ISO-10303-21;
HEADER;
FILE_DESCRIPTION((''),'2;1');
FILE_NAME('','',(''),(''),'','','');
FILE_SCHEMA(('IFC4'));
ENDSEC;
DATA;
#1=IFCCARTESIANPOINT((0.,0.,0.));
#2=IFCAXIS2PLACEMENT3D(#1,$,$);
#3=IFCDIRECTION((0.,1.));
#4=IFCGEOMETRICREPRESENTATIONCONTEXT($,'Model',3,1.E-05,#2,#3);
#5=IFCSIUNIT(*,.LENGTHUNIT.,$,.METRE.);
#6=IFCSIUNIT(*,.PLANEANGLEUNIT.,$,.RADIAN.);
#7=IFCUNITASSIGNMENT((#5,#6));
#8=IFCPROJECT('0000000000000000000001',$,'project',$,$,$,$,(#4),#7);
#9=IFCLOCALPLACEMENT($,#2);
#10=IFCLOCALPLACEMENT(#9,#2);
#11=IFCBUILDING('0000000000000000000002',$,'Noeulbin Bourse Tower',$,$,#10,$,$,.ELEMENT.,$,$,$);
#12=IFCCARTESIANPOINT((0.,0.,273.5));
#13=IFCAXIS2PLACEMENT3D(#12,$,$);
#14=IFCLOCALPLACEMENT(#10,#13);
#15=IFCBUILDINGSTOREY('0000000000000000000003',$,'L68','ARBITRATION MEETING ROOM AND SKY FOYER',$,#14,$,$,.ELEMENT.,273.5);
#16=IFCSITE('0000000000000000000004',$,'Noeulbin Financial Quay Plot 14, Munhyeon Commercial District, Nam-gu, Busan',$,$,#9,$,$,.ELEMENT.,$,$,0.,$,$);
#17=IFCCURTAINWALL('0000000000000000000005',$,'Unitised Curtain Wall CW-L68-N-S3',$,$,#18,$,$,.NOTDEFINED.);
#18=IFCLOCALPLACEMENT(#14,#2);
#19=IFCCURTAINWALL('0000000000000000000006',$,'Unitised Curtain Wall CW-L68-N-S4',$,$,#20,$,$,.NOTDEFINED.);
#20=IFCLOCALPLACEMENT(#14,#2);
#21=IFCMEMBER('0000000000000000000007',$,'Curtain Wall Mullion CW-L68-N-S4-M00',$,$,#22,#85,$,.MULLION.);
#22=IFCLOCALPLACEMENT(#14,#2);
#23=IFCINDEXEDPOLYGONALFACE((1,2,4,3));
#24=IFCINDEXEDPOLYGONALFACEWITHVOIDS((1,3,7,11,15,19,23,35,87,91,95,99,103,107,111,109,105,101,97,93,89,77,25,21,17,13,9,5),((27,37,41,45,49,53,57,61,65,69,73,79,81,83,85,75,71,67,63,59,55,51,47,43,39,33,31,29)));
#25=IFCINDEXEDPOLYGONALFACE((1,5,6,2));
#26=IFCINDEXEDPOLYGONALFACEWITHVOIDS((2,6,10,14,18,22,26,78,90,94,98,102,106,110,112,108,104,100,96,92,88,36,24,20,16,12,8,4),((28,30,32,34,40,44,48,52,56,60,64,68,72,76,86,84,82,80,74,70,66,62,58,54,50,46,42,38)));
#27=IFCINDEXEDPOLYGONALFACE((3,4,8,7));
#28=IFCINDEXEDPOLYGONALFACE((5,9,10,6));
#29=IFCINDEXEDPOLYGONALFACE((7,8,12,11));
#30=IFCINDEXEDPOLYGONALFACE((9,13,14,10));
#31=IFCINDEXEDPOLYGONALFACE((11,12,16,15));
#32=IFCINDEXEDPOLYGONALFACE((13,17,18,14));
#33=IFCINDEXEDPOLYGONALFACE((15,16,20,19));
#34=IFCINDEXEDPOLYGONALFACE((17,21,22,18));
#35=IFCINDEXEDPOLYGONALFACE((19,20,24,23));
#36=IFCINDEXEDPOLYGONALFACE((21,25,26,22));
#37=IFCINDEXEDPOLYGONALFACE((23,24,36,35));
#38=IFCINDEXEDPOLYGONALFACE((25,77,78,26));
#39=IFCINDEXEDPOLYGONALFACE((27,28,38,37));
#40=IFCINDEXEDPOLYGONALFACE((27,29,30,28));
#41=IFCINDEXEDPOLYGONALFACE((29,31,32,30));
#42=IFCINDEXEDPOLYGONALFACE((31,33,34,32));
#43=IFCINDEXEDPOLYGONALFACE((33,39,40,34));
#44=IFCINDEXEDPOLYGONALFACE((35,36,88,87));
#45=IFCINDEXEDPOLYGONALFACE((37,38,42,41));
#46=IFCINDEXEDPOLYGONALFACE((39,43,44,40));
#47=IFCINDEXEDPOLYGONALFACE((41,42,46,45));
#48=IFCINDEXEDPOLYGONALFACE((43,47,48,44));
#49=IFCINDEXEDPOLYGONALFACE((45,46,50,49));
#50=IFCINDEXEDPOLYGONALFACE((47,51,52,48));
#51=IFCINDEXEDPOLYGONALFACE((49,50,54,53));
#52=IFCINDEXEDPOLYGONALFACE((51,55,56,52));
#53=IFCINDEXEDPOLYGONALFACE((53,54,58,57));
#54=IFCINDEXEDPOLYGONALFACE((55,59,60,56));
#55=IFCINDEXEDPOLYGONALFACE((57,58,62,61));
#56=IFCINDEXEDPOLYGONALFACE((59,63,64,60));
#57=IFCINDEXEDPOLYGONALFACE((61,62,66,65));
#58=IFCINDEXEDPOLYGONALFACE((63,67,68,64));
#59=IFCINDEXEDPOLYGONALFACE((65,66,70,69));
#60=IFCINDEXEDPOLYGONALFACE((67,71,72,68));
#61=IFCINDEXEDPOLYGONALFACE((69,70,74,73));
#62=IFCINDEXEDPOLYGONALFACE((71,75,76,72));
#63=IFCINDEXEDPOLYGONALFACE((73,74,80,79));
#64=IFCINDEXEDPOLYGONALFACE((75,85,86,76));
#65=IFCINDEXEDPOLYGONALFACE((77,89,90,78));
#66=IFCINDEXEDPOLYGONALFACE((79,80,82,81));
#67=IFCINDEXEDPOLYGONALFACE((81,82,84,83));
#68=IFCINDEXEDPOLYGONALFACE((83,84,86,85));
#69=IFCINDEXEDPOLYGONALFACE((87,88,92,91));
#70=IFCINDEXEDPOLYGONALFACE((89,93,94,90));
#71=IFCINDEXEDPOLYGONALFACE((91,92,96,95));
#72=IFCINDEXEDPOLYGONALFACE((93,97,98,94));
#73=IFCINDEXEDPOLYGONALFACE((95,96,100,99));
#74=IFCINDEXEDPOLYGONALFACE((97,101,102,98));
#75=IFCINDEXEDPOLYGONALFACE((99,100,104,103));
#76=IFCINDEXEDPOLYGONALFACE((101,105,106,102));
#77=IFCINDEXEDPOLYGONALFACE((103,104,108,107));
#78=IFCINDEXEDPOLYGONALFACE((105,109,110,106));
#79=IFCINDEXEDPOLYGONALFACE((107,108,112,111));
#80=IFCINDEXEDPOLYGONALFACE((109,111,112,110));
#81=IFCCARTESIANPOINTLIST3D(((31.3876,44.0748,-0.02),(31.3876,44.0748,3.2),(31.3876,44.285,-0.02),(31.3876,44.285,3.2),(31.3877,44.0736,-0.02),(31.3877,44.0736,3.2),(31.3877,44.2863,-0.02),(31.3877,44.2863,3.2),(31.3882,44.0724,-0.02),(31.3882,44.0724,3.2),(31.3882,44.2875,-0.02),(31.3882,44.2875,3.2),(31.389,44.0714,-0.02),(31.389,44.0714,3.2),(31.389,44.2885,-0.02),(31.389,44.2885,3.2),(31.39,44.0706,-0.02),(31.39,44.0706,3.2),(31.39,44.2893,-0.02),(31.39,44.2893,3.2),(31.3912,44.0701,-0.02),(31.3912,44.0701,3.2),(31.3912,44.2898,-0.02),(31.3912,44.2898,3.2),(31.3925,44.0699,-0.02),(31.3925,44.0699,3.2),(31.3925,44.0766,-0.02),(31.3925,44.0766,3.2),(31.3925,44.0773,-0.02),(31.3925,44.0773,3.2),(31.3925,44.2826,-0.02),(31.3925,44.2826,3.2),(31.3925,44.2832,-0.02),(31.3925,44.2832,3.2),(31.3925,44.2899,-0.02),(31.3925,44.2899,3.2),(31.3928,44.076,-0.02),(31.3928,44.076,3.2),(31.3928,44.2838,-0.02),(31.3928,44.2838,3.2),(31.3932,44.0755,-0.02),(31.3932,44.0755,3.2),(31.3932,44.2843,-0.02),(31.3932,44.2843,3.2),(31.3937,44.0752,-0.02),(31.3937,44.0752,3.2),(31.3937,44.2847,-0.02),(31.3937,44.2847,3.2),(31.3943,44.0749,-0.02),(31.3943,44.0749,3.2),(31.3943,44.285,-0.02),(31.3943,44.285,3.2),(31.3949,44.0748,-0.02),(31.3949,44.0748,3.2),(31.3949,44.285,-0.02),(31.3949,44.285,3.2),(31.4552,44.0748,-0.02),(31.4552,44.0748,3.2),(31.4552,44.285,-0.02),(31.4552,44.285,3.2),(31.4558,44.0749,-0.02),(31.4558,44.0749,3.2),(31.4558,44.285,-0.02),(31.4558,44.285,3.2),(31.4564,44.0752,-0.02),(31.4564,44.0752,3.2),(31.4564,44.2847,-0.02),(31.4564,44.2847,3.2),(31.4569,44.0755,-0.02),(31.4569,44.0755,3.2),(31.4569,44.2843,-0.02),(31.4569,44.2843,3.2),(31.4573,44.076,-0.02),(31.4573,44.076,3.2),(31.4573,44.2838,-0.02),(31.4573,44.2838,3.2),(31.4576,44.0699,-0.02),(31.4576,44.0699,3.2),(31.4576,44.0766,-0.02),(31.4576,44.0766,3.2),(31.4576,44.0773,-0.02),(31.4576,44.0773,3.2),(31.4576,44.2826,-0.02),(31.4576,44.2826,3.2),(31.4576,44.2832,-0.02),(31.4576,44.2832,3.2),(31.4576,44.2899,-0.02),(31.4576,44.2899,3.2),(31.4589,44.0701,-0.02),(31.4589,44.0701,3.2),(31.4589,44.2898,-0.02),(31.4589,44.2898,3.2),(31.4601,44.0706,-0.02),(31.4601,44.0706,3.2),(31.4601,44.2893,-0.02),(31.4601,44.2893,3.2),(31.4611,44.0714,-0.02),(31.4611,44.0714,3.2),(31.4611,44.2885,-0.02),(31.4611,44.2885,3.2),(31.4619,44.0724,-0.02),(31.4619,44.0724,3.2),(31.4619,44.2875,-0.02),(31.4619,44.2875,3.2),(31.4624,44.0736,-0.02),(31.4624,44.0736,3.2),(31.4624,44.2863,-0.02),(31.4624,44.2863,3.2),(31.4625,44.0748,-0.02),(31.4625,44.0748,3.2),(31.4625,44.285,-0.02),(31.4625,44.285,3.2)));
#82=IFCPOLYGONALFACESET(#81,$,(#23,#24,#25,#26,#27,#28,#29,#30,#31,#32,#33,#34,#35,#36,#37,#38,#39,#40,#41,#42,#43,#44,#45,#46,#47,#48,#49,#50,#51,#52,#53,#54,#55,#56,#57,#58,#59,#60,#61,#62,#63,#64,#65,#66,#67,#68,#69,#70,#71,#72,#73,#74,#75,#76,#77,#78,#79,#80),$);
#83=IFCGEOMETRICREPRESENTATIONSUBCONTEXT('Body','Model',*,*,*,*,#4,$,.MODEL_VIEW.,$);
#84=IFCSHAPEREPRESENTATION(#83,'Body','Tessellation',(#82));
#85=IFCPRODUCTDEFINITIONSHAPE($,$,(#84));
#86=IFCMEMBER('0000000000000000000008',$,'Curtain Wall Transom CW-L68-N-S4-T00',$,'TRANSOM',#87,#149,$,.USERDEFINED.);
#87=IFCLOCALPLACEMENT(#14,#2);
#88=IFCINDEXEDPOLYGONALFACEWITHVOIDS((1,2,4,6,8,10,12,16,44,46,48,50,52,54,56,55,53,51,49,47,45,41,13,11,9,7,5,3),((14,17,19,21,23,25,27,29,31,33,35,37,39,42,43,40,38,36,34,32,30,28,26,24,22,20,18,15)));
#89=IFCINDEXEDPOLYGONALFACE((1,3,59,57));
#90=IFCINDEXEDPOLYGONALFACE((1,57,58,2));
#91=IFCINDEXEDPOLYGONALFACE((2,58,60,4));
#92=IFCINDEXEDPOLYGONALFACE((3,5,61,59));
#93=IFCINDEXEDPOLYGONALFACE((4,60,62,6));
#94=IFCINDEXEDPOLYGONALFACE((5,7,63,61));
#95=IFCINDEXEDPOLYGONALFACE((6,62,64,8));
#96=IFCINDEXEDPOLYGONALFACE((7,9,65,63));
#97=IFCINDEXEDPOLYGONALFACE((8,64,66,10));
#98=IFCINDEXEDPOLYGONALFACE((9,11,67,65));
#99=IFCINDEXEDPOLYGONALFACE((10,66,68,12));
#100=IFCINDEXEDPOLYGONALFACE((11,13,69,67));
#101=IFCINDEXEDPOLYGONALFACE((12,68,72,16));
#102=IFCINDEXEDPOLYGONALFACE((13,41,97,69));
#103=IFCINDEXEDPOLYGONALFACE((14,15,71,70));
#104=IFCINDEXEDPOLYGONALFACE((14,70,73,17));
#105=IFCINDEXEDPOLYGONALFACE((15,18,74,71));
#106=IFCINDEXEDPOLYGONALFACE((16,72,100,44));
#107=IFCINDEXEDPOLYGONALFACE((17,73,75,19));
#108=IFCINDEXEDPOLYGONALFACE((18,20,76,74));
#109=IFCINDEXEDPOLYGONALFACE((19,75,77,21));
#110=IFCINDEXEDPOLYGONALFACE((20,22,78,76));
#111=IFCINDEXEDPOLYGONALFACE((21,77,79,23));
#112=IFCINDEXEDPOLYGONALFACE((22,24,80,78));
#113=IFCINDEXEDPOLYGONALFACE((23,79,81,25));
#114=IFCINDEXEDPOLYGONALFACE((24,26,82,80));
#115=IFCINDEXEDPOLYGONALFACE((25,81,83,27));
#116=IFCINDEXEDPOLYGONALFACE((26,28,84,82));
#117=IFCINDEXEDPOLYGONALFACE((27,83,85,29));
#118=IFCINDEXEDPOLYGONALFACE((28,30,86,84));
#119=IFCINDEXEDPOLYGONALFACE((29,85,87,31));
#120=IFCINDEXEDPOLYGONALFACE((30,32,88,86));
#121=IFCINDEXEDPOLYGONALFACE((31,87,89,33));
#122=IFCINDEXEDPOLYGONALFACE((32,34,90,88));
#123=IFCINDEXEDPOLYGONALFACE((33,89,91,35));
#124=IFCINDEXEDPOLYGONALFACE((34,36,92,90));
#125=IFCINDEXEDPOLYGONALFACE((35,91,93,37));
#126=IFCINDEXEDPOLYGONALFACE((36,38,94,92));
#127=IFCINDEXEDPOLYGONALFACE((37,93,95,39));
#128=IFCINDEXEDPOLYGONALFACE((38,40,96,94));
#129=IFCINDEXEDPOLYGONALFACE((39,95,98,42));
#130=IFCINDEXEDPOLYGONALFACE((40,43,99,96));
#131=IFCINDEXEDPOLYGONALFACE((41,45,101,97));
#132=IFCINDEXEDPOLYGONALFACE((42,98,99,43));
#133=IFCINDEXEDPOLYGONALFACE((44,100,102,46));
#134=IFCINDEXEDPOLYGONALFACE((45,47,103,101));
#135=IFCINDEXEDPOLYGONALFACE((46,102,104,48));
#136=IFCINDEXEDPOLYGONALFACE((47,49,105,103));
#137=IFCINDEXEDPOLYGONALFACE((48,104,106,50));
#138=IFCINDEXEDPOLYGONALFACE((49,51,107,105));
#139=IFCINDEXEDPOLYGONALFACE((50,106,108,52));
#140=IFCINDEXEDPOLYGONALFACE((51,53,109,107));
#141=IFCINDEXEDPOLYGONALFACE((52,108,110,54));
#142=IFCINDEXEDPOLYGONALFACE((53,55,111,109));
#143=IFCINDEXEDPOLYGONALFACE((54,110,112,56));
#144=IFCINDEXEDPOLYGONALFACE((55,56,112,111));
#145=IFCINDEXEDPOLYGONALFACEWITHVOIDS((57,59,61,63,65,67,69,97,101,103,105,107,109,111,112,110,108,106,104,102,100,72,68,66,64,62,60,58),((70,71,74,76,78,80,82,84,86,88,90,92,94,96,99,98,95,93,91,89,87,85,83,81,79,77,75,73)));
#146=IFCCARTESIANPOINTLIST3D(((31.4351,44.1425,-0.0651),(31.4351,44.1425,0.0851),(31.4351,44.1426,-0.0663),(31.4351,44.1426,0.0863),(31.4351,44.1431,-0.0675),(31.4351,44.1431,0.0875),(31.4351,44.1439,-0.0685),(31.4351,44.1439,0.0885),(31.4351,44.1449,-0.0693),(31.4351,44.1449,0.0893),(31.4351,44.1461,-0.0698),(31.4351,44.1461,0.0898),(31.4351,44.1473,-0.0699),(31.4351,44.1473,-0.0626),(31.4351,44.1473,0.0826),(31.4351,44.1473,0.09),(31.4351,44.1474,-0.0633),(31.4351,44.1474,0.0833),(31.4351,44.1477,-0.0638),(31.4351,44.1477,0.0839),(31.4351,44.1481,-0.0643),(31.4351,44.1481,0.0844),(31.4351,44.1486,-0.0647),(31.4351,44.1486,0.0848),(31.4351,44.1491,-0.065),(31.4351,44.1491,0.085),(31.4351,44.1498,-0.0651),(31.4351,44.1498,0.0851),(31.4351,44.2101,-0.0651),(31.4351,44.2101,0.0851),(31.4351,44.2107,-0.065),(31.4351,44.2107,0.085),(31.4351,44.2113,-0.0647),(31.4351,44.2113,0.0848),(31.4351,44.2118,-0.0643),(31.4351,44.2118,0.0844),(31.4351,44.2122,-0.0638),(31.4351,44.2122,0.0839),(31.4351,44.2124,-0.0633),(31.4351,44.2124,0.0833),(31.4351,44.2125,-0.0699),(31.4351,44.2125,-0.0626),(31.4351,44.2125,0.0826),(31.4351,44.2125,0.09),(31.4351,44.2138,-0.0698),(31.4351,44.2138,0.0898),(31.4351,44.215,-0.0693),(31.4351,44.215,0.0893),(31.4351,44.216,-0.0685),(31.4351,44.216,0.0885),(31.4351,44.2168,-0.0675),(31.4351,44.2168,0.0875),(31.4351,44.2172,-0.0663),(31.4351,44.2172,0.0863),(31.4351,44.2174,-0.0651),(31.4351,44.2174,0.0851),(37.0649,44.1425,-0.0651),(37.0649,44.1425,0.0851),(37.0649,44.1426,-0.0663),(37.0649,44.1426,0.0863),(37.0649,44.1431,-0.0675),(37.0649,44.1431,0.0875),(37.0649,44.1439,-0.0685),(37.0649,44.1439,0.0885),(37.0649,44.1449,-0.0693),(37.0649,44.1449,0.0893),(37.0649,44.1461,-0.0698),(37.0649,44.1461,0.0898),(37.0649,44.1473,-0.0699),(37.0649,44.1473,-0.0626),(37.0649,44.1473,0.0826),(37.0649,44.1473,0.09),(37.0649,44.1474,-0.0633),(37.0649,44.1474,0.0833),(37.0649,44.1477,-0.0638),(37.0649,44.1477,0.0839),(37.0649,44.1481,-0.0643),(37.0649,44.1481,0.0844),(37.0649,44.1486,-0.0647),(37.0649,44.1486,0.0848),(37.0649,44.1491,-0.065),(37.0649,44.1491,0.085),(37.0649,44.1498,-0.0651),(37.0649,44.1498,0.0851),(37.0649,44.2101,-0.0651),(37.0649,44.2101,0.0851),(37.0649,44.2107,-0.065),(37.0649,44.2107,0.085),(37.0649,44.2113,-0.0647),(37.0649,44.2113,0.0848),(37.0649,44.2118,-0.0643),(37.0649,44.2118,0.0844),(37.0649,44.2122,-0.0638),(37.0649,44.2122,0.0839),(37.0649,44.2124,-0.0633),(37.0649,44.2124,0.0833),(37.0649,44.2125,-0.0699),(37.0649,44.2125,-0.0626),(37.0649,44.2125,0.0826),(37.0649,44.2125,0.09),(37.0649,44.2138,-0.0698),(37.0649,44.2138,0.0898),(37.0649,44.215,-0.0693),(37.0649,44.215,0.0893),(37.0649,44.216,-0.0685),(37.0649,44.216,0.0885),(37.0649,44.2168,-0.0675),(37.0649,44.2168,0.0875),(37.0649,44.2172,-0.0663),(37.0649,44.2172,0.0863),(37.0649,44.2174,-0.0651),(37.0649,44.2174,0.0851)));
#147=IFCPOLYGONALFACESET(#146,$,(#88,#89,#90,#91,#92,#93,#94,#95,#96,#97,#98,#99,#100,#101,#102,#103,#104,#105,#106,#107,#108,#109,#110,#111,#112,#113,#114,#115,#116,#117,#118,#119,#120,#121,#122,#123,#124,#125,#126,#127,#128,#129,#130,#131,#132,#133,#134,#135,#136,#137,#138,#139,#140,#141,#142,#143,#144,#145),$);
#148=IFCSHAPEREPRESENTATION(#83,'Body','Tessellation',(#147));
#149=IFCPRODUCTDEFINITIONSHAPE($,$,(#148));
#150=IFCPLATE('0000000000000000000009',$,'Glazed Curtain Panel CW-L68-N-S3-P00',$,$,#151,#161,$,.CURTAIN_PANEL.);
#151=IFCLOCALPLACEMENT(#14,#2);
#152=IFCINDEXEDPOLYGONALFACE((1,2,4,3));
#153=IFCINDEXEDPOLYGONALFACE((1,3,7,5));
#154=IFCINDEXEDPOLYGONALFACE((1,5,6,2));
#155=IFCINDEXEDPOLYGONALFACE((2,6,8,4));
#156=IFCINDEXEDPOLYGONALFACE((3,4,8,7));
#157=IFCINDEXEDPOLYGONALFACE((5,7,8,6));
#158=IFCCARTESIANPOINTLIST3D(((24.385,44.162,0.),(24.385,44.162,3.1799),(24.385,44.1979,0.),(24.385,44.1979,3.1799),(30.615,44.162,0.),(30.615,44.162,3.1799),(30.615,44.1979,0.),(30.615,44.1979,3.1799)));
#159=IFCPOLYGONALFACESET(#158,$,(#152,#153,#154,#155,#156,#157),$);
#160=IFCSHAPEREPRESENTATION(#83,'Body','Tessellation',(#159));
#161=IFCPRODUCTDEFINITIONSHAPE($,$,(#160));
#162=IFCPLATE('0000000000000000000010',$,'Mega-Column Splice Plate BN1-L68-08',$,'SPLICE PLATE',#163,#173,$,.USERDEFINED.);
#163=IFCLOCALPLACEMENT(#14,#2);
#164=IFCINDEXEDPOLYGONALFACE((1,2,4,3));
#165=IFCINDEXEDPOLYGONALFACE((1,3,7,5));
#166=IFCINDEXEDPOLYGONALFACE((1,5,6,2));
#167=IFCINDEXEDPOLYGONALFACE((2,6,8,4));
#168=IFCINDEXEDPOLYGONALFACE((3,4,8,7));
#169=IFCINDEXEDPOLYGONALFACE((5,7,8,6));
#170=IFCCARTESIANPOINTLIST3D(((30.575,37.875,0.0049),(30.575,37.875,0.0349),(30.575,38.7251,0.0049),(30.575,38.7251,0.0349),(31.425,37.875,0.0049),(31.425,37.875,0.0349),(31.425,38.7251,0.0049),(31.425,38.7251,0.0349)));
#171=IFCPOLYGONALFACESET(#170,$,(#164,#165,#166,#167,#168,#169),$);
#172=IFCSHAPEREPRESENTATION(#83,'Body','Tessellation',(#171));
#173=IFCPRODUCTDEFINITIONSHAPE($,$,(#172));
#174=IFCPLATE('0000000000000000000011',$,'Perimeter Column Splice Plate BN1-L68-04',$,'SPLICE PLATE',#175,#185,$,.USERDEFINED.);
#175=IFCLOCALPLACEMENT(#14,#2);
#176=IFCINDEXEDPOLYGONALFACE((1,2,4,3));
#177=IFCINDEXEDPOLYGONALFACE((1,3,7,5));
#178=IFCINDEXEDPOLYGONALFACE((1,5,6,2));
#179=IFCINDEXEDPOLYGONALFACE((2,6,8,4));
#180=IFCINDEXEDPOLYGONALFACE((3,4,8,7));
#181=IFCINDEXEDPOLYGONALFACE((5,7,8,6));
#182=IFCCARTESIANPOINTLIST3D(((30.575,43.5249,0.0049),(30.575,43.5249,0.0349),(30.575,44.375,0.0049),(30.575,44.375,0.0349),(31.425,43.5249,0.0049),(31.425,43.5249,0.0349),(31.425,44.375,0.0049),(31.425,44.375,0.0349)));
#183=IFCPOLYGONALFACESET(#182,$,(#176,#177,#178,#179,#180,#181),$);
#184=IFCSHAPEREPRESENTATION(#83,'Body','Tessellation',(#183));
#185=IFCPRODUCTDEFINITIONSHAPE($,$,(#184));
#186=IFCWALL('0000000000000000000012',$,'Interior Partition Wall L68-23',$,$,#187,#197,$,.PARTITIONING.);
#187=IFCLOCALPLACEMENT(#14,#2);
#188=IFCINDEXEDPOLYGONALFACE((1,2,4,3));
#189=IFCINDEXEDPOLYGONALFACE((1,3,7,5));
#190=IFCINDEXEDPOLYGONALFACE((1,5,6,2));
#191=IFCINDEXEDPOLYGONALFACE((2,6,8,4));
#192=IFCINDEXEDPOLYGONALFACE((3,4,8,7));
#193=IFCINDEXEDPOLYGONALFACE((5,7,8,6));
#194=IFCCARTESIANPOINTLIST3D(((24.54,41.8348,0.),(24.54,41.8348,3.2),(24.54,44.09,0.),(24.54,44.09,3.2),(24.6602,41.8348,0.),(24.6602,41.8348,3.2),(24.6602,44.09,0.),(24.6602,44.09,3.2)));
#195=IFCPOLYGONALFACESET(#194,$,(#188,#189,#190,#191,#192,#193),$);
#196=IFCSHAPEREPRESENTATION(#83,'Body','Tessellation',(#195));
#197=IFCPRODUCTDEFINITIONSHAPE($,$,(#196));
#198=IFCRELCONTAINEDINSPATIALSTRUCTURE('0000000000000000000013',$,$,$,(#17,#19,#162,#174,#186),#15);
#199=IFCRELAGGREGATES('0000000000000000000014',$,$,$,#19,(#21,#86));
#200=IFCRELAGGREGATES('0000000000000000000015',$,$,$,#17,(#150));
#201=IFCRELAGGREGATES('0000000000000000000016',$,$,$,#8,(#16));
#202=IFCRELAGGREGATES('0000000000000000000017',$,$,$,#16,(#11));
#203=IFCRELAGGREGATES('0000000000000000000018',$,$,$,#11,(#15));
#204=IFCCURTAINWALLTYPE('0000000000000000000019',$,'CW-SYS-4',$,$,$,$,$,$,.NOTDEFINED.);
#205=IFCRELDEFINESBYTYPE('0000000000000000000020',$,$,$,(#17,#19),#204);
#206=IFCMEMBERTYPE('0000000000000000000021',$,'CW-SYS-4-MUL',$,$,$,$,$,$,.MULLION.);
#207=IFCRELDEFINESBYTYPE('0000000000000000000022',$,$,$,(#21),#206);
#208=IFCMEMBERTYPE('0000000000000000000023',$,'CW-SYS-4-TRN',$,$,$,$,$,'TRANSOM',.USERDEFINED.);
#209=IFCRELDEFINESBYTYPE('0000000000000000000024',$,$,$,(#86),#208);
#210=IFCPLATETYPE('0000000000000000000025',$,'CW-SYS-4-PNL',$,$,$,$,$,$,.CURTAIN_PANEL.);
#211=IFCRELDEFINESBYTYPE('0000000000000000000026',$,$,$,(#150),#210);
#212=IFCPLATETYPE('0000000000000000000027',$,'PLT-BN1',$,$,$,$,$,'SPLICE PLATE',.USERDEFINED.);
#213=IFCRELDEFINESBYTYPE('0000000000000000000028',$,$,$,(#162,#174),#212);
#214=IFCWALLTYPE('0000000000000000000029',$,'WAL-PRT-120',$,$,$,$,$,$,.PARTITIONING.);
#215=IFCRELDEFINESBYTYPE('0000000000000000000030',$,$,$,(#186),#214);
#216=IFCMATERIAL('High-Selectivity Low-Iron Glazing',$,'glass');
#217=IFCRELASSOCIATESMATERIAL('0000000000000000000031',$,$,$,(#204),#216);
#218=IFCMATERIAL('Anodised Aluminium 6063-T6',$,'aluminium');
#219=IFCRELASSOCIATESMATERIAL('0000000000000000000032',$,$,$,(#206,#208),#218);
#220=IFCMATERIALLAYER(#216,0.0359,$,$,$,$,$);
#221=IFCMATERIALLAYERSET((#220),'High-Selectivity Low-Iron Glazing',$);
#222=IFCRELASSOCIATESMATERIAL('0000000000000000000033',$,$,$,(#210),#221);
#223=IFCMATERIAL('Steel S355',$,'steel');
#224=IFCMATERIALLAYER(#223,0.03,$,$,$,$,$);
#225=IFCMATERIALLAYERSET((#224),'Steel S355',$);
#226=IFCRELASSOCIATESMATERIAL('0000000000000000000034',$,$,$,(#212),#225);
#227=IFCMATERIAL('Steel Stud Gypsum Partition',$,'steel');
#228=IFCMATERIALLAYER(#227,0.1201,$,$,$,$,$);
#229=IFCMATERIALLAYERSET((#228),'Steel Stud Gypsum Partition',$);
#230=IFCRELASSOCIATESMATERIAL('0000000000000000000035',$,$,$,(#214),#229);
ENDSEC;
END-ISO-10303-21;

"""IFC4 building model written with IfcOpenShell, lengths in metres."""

from ifc_helpers import new_model, si_unit, direction, frame, frame_2d, origin, origin_2d, place, context, subcontext, project, spatial, rectangle, hollow_rectangle, extrude, material, layer, layer_set, material_profile, profile_set, type_object, element, aggregate, save


model = new_model("IFC4")

# Units and contexts
model_context = context("Model", 3, precision=1e-05, world=origin(), true_north=direction((0.0, 1.0)))
body_context = subcontext(model_context, "Body", "Model", "MODEL_VIEW")
ifc_project = project(units=[si_unit("LENGTHUNIT", "METRE"), si_unit("PLANEANGLEUNIT", "RADIAN")], contexts=[model_context])

# Site, building, storey
site_placement = place(None, origin())
site = spatial("IfcSite", under=ifc_project, at=site_placement, Name="Noeulbin Financial Quay Plot 14, Munhyeon Commercial District, Nam-gu, Busan", CompositionType="ELEMENT", RefElevation=0.0)
building_placement = place(site_placement, origin())
building = spatial("IfcBuilding", under=site, at=building_placement, Name="Noeulbin Bourse Tower", CompositionType="ELEMENT")
storey_placement = place(building_placement, frame((0.0, 0.0, 273.5)))
storey = spatial("IfcBuildingStorey", under=building, at=storey_placement, Name="L68", Description="ARBITRATION MEETING ROOM AND SKY FOYER", CompositionType="ELEMENT", Elevation=273.5)

# Shared definitions
ifc_material_1 = material(Name="Steel S355", Category="steel")

# Curtain wall
ifc_material_2 = material(Name="High-Selectivity Low-Iron Glazing", Category="glass")
curtain_wall_type = type_object("IfcCurtainWallType", Name="CW-SYS-4", PredefinedType="NOTDEFINED", material=ifc_material_2)
curtain_wall_1_placement = place(storey_placement, origin())
curtain_wall_1 = element("IfcCurtainWall", 1, at=curtain_wall_1_placement, inside=storey, type_object=curtain_wall_type, Name="Unitised Curtain Wall CW-L68-N-S3", PredefinedType="NOTDEFINED")
ifc_material_3 = material(Name="Anodised Aluminium 6063-T6", Category="aluminium")
ifc_material_profile_1 = material_profile(ifc_material_3, hollow_rectangle(XDim=0.075, YDim=0.22, WallThickness=0.0049, InnerFilletRadius=0.0024, OuterFilletRadius=0.0049, at=origin_2d()), Name="ALU-MULL-75x220x5", Category="LoadBearing")
ifc_profile_set_1 = profile_set([ifc_material_profile_1], Name="Anodised Aluminium 6063-T6")
member_type_1 = type_object("IfcMemberType", Name="CW-SYS-4-MUL", PredefinedType="MULLION", material=ifc_profile_set_1)

# Curtain wall, members
curtain_wall_2_placement = place(storey_placement, origin())
curtain_wall_2 = element("IfcCurtainWall", 2, at=curtain_wall_2_placement, inside=storey, type_object=curtain_wall_type, Name="Unitised Curtain Wall CW-L68-N-S4", PredefinedType="NOTDEFINED")
member_1_placement = place(storey_placement, frame((31.425, 44.1799, -0.02), z_axis=(0.0, 0.0, 1.0), x_axis=(1.0, 0.0, 0.0)))
member_1 = element("IfcMember", 3, at=member_1_placement, type_object=member_type_1, Name="Curtain Wall Mullion CW-L68-N-S4-M00", PredefinedType="MULLION", context=body_context, shape_type="SweptSolid", body=[
    extrude(hollow_rectangle(XDim=0.075, YDim=0.22, WallThickness=0.0049, InnerFilletRadius=0.0024, OuterFilletRadius=0.0049, at=origin_2d()), origin(), (0.0, 0.0, 1.0), 3.22),
])
ifc_material_profile_2 = material_profile(ifc_material_3, hollow_rectangle(XDim=0.075, YDim=0.1599, WallThickness=0.0049, InnerFilletRadius=0.0024, OuterFilletRadius=0.0049, at=origin_2d()), Name="ALU-TRAN-75x160x5", Category="LoadBearing")
ifc_profile_set_2 = profile_set([ifc_material_profile_2], Name="Anodised Aluminium 6063-T6")
member_type_2 = type_object("IfcMemberType", Name="CW-SYS-4-TRN", ElementType="TRANSOM", PredefinedType="USERDEFINED", material=ifc_profile_set_2)
member_2_placement = place(storey_placement, frame((31.4351, 44.1799, 0.01), z_axis=(1.0, 0.0, 0.0), x_axis=(0.0, 1.0, 0.0)))
member_2 = element("IfcMember", 4, at=member_2_placement, type_object=member_type_2, Name="Curtain Wall Transom CW-L68-N-S4-T00", ObjectType="TRANSOM", PredefinedType="USERDEFINED", context=body_context, shape_type="SweptSolid", body=[
    extrude(hollow_rectangle(XDim=0.075, YDim=0.1599, WallThickness=0.0049, InnerFilletRadius=0.0024, OuterFilletRadius=0.0049, at=origin_2d()), origin(), (0.0, 0.0, 1.0), 5.6299),
])
aggregate(curtain_wall_2, [member_1, member_2])

# Plate
ifc_layer_1 = layer(ifc_material_2, 0.0359)
ifc_layer_set_1 = layer_set([ifc_layer_1], Name="High-Selectivity Low-Iron Glazing")
plate_type_1 = type_object("IfcPlateType", Name="CW-SYS-4-PNL", PredefinedType="CURTAIN_PANEL", material=ifc_layer_set_1)
plate_placement = place(storey_placement, frame((27.5, 44.1799, 0.0), z_axis=(0.0, 0.0, 1.0), x_axis=(1.0, 0.0, 0.0)))
plate = element("IfcPlate", 5, at=plate_placement, type_object=plate_type_1, Name="Glazed Curtain Panel CW-L68-N-S3-P00", PredefinedType="CURTAIN_PANEL", context=body_context, shape_type="SweptSolid", body=[
    extrude(rectangle(XDim=6.23, YDim=0.0359, at=origin_2d()), origin(), (0.0, 0.0, 1.0), 3.1799),
])
aggregate(curtain_wall_1, [plate])

# Plates
ifc_layer_2 = layer(ifc_material_1, 0.03)
ifc_layer_set_2 = layer_set([ifc_layer_2], Name="Steel S355")
plate_type_2 = type_object("IfcPlateType", Name="PLT-BN1", ElementType="SPLICE PLATE", PredefinedType="USERDEFINED", material=ifc_layer_set_2)
for number, where, z_axis, x_axis, name in (
    (6, (31.0, 38.3, 0.0049), (0.0, 0.0, 1.0), (1.0, 0.0, 0.0), "Mega-Column Splice Plate BN1-L68-08"),
    (7, (31.0, 43.95, 0.0049), (0.0, 0.0, 1.0), (1.0, 0.0, 0.0), "Perimeter Column Splice Plate BN1-L68-04"),
):
    element("IfcPlate", number, at=place(storey_placement, frame(where, z_axis=z_axis, x_axis=x_axis)), inside=storey, type_object=plate_type_2, Name=name, ObjectType="SPLICE PLATE", PredefinedType="USERDEFINED", context=body_context, shape_type="SweptSolid", body=[
        extrude(rectangle(XDim=0.8501, YDim=0.8501, at=origin_2d()), origin(), (0.0, 0.0, 1.0), 0.03),
    ])

# Wall
ifc_material_4 = material(Name="Steel Stud Gypsum Partition", Category="steel")
ifc_layer_3 = layer(ifc_material_4, 0.1201)
ifc_layer_set_3 = layer_set([ifc_layer_3], Name="Steel Stud Gypsum Partition")
wall_type = type_object("IfcWallType", Name="WAL-PRT-120", PredefinedType="PARTITIONING", material=ifc_layer_set_3)
wall_placement = place(storey_placement, frame((24.6001, 41.835, 0.0), z_axis=(0.0, 0.0, 1.0), x_axis=(0.0, 1.0, 0.0)))
element("IfcWall", 8, at=wall_placement, inside=storey, type_object=wall_type, Name="Interior Partition Wall L68-23", PredefinedType="PARTITIONING", context=body_context, shape_type="SweptSolid", body=[
    extrude(rectangle(XDim=2.2551, YDim=0.1201, at=frame_2d((1.1274, 0.0))), origin(), (0.0, 0.0, 1.0), 3.2),
])

save(model, "model.ifc")
